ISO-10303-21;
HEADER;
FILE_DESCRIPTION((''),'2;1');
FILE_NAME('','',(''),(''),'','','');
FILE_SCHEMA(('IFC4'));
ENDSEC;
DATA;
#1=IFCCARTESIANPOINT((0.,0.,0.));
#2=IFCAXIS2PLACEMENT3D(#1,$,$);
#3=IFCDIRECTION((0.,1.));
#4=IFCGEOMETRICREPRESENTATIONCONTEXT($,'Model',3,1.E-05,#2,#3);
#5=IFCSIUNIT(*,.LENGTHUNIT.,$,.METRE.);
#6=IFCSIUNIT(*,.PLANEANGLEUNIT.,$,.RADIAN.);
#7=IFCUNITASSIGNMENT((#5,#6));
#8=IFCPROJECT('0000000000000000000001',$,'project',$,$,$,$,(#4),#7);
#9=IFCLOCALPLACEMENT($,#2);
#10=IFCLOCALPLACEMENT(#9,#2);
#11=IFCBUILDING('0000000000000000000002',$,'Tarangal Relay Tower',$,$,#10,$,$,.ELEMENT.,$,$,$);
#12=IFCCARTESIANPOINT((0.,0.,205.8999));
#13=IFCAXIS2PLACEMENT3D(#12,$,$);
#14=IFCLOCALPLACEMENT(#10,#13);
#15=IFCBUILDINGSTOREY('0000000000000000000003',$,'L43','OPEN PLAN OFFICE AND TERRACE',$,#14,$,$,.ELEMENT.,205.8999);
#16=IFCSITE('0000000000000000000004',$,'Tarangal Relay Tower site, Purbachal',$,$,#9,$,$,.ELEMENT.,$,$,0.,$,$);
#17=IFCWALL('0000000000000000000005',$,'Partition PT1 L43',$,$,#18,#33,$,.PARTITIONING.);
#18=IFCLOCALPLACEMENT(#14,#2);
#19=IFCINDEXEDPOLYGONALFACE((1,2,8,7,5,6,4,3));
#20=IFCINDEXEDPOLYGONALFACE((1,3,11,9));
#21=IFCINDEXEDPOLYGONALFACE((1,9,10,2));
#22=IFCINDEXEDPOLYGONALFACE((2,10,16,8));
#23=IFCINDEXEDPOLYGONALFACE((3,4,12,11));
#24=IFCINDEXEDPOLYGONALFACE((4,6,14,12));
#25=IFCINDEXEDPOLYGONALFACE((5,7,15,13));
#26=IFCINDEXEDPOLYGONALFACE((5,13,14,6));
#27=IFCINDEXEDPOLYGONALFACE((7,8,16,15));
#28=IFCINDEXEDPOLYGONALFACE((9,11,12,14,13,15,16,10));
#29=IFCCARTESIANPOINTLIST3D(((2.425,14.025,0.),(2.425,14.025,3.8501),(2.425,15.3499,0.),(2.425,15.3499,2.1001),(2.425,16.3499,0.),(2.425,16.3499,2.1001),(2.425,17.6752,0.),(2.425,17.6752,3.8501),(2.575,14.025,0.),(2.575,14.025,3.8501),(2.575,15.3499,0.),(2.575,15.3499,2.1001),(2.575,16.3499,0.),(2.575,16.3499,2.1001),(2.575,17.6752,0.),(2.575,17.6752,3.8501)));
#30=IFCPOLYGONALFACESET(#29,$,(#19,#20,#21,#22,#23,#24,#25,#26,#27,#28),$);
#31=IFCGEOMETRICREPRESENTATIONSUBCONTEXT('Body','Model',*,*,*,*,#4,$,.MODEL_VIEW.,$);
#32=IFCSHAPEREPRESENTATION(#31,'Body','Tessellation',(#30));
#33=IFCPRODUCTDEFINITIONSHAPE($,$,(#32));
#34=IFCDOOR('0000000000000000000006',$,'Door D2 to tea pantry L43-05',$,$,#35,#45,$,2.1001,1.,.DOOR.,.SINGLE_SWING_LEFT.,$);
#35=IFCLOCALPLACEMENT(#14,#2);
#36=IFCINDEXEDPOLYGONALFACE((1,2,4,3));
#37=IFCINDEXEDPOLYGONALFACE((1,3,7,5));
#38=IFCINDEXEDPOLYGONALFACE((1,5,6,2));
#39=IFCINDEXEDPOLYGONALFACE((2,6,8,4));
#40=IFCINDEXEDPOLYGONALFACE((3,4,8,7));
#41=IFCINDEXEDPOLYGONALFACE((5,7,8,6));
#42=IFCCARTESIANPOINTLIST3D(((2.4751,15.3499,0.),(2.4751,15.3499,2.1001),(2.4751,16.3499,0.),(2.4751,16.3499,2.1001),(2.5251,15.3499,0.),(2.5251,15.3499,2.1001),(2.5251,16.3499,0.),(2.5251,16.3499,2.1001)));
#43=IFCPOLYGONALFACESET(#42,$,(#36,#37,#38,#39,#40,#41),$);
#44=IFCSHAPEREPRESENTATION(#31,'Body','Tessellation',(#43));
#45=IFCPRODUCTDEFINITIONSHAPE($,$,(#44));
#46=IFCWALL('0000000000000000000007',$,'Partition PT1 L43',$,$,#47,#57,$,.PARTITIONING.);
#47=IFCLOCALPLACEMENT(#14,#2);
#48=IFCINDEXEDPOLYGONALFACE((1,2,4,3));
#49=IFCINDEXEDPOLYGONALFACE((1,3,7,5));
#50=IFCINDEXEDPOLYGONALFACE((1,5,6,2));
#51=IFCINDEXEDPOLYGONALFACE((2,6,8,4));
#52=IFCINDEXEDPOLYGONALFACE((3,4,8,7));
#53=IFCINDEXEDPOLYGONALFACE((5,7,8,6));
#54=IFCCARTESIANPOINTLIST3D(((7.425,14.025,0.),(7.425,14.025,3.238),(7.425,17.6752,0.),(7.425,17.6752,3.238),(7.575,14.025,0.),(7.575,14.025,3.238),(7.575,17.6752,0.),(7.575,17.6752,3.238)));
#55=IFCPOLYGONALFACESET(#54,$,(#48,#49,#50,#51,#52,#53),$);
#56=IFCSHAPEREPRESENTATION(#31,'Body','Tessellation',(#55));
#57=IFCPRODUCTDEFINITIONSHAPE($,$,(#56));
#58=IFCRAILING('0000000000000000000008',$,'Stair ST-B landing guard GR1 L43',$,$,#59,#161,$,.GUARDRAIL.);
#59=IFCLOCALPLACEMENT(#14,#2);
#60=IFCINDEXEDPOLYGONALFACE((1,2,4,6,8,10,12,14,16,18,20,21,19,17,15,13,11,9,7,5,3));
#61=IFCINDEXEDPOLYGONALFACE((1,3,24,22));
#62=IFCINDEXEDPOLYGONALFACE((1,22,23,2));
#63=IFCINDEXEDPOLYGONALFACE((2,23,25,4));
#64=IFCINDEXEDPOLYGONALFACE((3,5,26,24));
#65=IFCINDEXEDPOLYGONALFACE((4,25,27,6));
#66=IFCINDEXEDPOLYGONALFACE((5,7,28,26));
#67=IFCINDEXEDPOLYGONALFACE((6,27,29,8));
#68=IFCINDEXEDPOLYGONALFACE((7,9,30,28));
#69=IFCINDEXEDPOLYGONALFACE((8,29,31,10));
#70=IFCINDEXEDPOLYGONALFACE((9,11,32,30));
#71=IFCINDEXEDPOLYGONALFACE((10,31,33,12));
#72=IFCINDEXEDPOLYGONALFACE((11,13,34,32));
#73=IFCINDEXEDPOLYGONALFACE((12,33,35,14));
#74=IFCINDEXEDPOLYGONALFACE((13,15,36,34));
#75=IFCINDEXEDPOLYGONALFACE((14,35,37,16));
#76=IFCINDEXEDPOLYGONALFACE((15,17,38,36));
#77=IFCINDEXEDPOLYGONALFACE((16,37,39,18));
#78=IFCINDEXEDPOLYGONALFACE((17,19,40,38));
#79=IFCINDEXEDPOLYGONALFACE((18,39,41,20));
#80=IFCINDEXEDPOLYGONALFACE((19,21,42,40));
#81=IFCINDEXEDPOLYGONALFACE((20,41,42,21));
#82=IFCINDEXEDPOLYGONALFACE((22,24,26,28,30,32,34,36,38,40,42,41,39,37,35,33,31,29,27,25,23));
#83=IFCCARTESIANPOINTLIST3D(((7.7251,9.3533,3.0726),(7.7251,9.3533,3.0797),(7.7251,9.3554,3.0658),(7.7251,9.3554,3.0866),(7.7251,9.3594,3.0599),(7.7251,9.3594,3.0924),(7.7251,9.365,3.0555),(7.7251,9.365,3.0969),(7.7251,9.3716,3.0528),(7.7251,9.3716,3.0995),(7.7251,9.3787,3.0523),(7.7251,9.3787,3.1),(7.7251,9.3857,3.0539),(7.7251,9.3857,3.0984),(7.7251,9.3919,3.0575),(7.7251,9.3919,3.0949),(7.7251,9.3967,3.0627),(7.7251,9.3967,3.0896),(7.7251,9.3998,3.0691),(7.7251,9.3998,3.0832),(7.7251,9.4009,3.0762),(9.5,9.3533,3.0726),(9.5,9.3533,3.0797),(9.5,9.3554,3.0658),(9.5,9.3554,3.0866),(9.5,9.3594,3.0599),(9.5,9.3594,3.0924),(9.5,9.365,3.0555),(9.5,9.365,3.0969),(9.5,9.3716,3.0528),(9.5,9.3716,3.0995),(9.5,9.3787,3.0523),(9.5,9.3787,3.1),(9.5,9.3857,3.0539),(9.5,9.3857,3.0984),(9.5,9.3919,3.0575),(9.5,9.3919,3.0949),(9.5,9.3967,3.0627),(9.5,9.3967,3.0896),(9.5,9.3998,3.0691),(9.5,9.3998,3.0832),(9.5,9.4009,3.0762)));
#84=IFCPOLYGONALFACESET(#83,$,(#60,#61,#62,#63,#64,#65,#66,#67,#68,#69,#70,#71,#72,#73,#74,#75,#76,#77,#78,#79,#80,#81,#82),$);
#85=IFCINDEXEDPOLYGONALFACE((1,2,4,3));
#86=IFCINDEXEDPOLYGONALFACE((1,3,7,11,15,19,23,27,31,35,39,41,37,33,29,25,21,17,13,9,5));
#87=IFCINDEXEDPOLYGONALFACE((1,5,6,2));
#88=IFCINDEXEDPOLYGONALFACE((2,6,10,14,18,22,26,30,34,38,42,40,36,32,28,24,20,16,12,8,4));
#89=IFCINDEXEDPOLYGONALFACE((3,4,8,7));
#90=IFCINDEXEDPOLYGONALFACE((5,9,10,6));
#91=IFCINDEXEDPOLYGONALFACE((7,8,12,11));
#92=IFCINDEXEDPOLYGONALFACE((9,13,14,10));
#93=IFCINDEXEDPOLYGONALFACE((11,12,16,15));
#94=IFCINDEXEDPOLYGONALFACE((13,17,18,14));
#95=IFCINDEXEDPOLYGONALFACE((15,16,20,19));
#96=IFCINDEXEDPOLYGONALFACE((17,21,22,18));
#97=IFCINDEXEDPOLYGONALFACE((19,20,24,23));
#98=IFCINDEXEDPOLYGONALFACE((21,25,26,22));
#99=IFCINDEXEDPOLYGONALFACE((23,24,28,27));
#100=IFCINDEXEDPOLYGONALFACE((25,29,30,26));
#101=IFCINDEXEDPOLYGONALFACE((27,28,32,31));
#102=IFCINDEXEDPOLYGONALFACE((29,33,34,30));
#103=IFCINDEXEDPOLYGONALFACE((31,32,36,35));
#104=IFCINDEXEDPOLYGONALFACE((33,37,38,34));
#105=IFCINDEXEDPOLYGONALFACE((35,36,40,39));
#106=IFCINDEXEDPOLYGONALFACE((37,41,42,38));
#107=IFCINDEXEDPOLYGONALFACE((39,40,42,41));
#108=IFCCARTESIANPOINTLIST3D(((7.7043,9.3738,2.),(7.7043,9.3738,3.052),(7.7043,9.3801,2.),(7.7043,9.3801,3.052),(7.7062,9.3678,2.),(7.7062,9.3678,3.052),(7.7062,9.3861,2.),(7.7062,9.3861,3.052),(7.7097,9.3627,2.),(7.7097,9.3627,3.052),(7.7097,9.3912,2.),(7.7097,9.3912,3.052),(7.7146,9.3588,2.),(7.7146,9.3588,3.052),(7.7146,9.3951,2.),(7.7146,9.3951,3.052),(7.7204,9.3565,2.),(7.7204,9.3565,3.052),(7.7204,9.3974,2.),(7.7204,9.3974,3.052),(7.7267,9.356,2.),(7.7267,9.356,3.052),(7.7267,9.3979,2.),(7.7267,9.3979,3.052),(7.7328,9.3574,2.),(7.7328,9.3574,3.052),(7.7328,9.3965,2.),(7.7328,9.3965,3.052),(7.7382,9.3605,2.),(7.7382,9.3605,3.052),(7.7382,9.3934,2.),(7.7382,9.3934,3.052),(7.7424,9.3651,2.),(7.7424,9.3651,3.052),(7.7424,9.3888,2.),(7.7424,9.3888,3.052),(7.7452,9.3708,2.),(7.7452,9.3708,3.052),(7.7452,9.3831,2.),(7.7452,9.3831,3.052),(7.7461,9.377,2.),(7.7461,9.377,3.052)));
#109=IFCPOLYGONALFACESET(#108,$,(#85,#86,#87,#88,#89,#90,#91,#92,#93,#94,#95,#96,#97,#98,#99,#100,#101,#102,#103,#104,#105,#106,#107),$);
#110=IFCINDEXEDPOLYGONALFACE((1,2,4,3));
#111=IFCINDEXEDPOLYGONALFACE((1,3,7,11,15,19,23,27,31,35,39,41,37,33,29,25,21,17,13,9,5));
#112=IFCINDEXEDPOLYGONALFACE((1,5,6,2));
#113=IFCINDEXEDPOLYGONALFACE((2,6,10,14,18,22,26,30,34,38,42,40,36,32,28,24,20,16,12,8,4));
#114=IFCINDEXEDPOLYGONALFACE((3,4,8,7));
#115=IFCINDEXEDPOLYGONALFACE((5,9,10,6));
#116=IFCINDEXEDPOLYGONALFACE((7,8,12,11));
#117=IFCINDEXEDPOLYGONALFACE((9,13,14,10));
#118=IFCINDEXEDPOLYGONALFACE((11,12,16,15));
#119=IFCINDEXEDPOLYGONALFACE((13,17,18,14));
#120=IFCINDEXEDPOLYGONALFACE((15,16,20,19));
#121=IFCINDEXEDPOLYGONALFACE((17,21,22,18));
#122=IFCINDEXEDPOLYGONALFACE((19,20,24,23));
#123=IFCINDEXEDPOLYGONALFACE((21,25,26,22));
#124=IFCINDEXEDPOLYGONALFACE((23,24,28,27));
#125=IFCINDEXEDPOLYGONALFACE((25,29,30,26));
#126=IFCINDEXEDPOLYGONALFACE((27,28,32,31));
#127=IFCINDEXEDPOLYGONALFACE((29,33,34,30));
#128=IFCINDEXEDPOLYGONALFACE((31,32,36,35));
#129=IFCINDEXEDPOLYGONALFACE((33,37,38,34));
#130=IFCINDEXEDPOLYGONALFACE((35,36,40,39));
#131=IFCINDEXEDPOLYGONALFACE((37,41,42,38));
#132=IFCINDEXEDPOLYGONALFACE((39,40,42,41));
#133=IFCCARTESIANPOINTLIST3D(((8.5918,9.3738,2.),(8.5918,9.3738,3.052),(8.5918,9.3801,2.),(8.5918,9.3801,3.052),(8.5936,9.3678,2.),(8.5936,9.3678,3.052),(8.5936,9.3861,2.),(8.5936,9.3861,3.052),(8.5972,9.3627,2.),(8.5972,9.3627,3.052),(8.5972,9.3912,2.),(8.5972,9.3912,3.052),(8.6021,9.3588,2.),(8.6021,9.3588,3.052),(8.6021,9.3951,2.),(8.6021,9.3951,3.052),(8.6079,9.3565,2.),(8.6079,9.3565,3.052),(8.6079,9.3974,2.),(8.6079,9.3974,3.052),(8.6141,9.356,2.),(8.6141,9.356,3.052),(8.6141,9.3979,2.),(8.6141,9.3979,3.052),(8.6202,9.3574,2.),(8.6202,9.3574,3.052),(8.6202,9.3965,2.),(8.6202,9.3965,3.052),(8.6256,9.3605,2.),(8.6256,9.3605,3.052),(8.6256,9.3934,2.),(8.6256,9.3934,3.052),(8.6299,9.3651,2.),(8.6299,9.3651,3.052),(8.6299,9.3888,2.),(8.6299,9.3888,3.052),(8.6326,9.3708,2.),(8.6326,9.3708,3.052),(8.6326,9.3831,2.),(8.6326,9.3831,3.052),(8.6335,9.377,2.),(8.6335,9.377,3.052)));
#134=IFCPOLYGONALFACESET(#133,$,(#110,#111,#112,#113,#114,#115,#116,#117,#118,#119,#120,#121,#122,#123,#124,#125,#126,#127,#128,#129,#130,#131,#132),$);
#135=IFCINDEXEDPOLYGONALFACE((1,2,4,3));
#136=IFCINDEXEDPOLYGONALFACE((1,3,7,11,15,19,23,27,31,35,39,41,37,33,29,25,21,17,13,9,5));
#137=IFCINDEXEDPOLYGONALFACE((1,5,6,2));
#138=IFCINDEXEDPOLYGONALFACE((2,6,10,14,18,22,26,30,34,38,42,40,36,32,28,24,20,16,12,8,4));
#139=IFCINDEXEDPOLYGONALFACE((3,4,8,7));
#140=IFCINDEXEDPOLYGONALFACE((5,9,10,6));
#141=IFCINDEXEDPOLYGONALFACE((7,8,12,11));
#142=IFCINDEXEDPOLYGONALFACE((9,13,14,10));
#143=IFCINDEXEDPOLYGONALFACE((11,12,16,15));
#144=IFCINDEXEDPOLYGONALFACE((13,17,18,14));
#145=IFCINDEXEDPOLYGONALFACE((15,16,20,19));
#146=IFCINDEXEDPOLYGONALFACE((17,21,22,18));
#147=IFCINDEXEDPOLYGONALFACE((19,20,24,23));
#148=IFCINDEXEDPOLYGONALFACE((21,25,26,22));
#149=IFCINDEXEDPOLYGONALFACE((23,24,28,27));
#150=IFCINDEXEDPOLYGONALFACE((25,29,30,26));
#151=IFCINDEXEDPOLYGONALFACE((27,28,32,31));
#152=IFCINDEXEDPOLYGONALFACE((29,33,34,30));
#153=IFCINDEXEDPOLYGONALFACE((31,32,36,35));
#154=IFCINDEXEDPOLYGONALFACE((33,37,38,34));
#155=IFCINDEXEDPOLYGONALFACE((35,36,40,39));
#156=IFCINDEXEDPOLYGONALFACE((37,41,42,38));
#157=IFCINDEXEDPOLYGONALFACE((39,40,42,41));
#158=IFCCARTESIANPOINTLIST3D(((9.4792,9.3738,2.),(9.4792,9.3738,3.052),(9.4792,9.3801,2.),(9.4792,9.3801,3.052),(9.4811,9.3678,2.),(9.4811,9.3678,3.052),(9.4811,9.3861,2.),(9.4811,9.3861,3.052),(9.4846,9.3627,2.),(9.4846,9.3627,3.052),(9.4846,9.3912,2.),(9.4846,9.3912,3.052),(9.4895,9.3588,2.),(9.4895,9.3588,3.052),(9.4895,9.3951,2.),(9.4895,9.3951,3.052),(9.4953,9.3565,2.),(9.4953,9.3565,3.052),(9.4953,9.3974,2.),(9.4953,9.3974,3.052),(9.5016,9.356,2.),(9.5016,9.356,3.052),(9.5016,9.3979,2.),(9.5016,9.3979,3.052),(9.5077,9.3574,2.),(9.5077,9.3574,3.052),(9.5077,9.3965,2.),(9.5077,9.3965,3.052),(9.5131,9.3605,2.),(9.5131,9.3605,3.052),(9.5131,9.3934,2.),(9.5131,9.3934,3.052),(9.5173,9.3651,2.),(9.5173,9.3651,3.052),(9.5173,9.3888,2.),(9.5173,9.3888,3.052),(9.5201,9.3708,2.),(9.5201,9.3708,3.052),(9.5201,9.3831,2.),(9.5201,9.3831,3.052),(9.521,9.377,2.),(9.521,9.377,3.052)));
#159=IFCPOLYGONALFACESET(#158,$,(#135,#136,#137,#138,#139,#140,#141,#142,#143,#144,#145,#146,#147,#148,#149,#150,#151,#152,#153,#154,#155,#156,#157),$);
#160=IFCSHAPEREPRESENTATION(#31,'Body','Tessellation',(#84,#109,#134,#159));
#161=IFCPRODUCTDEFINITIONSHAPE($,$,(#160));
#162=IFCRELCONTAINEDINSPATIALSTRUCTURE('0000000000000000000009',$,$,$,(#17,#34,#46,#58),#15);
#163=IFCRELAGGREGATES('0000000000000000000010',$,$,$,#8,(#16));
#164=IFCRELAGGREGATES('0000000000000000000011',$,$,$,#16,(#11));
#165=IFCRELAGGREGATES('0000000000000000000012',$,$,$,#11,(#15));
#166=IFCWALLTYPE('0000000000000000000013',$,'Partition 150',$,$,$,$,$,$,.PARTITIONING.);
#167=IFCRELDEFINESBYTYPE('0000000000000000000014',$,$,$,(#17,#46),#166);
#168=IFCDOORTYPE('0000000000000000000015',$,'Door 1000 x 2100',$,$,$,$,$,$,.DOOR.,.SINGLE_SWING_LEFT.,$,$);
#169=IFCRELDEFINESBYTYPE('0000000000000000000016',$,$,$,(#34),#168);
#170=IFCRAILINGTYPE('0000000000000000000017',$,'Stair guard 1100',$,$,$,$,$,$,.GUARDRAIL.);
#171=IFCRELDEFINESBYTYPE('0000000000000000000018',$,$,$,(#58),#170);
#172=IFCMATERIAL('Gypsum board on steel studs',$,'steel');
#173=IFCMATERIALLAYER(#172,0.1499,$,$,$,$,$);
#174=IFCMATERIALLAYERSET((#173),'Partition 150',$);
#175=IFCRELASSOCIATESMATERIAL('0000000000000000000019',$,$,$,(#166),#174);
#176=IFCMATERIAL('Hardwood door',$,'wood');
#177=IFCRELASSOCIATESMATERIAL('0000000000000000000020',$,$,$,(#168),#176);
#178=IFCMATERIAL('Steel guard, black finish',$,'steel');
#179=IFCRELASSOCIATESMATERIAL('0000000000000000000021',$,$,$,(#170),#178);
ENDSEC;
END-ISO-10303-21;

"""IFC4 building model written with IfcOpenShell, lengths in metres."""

from ifc_helpers import new_model, si_unit, direction, frame, frame_2d, origin, origin_2d, place, context, subcontext, project, spatial, rectangle, circle, extrude, material, layer, layer_set, type_object, element, fill, save


model = new_model("IFC4")

# Units and contexts
model_context = context("Model", 3, precision=1e-05, world=origin(), true_north=direction((0.0, 1.0)))
body_context = subcontext(model_context, "Body", "Model", "MODEL_VIEW")
ifc_project = project(units=[si_unit("LENGTHUNIT", "METRE"), si_unit("PLANEANGLEUNIT", "RADIAN")], contexts=[model_context])

# Site, building, storey
site_placement = place(None, origin())
site = spatial("IfcSite", under=ifc_project, at=site_placement, Name="Tarangal Relay Tower site, Purbachal", CompositionType="ELEMENT", RefElevation=0.0)
building_placement = place(site_placement, origin())
building = spatial("IfcBuilding", under=site, at=building_placement, Name="Tarangal Relay Tower", CompositionType="ELEMENT")
storey_placement = place(building_placement, frame((0.0, 0.0, 205.8999)))
storey = spatial("IfcBuildingStorey", under=building, at=storey_placement, Name="L43", Description="OPEN PLAN OFFICE AND TERRACE", CompositionType="ELEMENT", Elevation=205.8999)

# Wall, opening, door
ifc_material_1 = material(Name="Gypsum board on steel studs", Category="steel")
ifc_layer_1 = layer(ifc_material_1, 0.1499)
ifc_layer_set_1 = layer_set([ifc_layer_1], Name="Partition 150")
wall_type_1 = type_object("IfcWallType", Name="Partition 150", PredefinedType="PARTITIONING", material=ifc_layer_set_1)
wall_1_placement = place(storey_placement, frame((2.5, 14.0249, 0.0), z_axis=(0.0, 0.0, 1.0), x_axis=(0.0, 1.0, 0.0)))
wall_1 = element("IfcWall", 1, at=wall_1_placement, inside=storey, type_object=wall_type_1, Name="Partition PT1 L43", PredefinedType="PARTITIONING", context=body_context, shape_type="SweptSolid", body=[
    extrude(rectangle(XDim=3.6501, YDim=0.1499, at=frame_2d((1.8252, 0.0))), origin(), (0.0, 0.0, 1.0), 3.8501),
])
opening_1_placement = place(wall_1_placement, frame((1.325, 0.0, 0.0)))
opening_1 = element("IfcOpeningElement", 2, at=opening_1_placement, cuts=wall_1, PredefinedType="OPENING", context=body_context, shape_type="SweptSolid", body=[
    extrude(rectangle(XDim=1.0, YDim=2.1001, at=frame_2d((0.5, 1.05))), frame((0.0, 0.085, 0.0), z_axis=(0.0, -1.0, 0.0), x_axis=(1.0, 0.0, 0.0)), (0.0, 0.0, 1.0), 0.1699),
])
ifc_material_2 = material(Name="Hardwood door", Category="wood")
door_type_1 = type_object("IfcDoorType", Name="Door 1000 x 2100", OperationType="SINGLE_SWING_LEFT", PredefinedType="DOOR", material=ifc_material_2)
door_1_placement = place(opening_1_placement, origin())
door_1 = element("IfcDoor", 3, at=door_1_placement, inside=storey, type_object=door_type_1, Name="Door D2 to tea pantry L43-05", OperationType="SINGLE_SWING_LEFT", OverallHeight=2.1001, OverallWidth=1.0, PredefinedType="DOOR", context=body_context, shape_type="SweptSolid", body=[
    extrude(rectangle(XDim=1.0, YDim=2.1001, at=frame_2d((0.5, 1.05))), frame((0.0, 0.0249, 0.0), z_axis=(0.0, -1.0, 0.0), x_axis=(1.0, 0.0, 0.0)), (0.0, 0.0, 1.0), 0.05),
])
fill(opening_1, door_1)

# Wall
wall_2_placement = place(storey_placement, frame((7.5, 14.0249, 0.0), z_axis=(0.0, 0.0, 1.0), x_axis=(0.0, 1.0, 0.0)))
element("IfcWall", 4, at=wall_2_placement, inside=storey, type_object=wall_type_1, Name="Partition PT1 L43", PredefinedType="PARTITIONING", context=body_context, shape_type="SweptSolid", body=[
    extrude(rectangle(XDim=3.6501, YDim=0.1499, at=frame_2d((1.8252, 0.0))), origin(), (0.0, 0.0, 1.0), 3.238),
])

# Railing
ifc_material_3 = material(Name="Steel guard, black finish", Category="steel")
railing_type_1 = type_object("IfcRailingType", Name="Stair guard 1100", PredefinedType="GUARDRAIL", material=ifc_material_3)
railing_1_placement = place(storey_placement, frame((7.7251, 9.377, 2.0)))
element("IfcRailing", 5, at=railing_1_placement, inside=storey, type_object=railing_type_1, Name="Stair ST-B landing guard GR1 L43", PredefinedType="GUARDRAIL", context=body_context, shape_type="SweptSolid", body=[
    extrude(circle(Radius=0.0239, at=origin_2d()), frame((0.0, 0.0, 1.0762), z_axis=(1.0, 0.0, 0.0), x_axis=(0.0, 1.0, 0.0)), (0.0, 0.0, 1.0), 1.7749),
    extrude(circle(Radius=0.021, at=origin_2d()), origin(), (0.0, 0.0, 1.0), 1.052),
    extrude(circle(Radius=0.021, at=origin_2d()), frame((0.8875, 0.0, 0.0)), (0.0, 0.0, 1.0), 1.052),
    extrude(circle(Radius=0.021, at=origin_2d()), frame((1.7749, 0.0, 0.0)), (0.0, 0.0, 1.0), 1.052),
])

save(model, "model.ifc")
